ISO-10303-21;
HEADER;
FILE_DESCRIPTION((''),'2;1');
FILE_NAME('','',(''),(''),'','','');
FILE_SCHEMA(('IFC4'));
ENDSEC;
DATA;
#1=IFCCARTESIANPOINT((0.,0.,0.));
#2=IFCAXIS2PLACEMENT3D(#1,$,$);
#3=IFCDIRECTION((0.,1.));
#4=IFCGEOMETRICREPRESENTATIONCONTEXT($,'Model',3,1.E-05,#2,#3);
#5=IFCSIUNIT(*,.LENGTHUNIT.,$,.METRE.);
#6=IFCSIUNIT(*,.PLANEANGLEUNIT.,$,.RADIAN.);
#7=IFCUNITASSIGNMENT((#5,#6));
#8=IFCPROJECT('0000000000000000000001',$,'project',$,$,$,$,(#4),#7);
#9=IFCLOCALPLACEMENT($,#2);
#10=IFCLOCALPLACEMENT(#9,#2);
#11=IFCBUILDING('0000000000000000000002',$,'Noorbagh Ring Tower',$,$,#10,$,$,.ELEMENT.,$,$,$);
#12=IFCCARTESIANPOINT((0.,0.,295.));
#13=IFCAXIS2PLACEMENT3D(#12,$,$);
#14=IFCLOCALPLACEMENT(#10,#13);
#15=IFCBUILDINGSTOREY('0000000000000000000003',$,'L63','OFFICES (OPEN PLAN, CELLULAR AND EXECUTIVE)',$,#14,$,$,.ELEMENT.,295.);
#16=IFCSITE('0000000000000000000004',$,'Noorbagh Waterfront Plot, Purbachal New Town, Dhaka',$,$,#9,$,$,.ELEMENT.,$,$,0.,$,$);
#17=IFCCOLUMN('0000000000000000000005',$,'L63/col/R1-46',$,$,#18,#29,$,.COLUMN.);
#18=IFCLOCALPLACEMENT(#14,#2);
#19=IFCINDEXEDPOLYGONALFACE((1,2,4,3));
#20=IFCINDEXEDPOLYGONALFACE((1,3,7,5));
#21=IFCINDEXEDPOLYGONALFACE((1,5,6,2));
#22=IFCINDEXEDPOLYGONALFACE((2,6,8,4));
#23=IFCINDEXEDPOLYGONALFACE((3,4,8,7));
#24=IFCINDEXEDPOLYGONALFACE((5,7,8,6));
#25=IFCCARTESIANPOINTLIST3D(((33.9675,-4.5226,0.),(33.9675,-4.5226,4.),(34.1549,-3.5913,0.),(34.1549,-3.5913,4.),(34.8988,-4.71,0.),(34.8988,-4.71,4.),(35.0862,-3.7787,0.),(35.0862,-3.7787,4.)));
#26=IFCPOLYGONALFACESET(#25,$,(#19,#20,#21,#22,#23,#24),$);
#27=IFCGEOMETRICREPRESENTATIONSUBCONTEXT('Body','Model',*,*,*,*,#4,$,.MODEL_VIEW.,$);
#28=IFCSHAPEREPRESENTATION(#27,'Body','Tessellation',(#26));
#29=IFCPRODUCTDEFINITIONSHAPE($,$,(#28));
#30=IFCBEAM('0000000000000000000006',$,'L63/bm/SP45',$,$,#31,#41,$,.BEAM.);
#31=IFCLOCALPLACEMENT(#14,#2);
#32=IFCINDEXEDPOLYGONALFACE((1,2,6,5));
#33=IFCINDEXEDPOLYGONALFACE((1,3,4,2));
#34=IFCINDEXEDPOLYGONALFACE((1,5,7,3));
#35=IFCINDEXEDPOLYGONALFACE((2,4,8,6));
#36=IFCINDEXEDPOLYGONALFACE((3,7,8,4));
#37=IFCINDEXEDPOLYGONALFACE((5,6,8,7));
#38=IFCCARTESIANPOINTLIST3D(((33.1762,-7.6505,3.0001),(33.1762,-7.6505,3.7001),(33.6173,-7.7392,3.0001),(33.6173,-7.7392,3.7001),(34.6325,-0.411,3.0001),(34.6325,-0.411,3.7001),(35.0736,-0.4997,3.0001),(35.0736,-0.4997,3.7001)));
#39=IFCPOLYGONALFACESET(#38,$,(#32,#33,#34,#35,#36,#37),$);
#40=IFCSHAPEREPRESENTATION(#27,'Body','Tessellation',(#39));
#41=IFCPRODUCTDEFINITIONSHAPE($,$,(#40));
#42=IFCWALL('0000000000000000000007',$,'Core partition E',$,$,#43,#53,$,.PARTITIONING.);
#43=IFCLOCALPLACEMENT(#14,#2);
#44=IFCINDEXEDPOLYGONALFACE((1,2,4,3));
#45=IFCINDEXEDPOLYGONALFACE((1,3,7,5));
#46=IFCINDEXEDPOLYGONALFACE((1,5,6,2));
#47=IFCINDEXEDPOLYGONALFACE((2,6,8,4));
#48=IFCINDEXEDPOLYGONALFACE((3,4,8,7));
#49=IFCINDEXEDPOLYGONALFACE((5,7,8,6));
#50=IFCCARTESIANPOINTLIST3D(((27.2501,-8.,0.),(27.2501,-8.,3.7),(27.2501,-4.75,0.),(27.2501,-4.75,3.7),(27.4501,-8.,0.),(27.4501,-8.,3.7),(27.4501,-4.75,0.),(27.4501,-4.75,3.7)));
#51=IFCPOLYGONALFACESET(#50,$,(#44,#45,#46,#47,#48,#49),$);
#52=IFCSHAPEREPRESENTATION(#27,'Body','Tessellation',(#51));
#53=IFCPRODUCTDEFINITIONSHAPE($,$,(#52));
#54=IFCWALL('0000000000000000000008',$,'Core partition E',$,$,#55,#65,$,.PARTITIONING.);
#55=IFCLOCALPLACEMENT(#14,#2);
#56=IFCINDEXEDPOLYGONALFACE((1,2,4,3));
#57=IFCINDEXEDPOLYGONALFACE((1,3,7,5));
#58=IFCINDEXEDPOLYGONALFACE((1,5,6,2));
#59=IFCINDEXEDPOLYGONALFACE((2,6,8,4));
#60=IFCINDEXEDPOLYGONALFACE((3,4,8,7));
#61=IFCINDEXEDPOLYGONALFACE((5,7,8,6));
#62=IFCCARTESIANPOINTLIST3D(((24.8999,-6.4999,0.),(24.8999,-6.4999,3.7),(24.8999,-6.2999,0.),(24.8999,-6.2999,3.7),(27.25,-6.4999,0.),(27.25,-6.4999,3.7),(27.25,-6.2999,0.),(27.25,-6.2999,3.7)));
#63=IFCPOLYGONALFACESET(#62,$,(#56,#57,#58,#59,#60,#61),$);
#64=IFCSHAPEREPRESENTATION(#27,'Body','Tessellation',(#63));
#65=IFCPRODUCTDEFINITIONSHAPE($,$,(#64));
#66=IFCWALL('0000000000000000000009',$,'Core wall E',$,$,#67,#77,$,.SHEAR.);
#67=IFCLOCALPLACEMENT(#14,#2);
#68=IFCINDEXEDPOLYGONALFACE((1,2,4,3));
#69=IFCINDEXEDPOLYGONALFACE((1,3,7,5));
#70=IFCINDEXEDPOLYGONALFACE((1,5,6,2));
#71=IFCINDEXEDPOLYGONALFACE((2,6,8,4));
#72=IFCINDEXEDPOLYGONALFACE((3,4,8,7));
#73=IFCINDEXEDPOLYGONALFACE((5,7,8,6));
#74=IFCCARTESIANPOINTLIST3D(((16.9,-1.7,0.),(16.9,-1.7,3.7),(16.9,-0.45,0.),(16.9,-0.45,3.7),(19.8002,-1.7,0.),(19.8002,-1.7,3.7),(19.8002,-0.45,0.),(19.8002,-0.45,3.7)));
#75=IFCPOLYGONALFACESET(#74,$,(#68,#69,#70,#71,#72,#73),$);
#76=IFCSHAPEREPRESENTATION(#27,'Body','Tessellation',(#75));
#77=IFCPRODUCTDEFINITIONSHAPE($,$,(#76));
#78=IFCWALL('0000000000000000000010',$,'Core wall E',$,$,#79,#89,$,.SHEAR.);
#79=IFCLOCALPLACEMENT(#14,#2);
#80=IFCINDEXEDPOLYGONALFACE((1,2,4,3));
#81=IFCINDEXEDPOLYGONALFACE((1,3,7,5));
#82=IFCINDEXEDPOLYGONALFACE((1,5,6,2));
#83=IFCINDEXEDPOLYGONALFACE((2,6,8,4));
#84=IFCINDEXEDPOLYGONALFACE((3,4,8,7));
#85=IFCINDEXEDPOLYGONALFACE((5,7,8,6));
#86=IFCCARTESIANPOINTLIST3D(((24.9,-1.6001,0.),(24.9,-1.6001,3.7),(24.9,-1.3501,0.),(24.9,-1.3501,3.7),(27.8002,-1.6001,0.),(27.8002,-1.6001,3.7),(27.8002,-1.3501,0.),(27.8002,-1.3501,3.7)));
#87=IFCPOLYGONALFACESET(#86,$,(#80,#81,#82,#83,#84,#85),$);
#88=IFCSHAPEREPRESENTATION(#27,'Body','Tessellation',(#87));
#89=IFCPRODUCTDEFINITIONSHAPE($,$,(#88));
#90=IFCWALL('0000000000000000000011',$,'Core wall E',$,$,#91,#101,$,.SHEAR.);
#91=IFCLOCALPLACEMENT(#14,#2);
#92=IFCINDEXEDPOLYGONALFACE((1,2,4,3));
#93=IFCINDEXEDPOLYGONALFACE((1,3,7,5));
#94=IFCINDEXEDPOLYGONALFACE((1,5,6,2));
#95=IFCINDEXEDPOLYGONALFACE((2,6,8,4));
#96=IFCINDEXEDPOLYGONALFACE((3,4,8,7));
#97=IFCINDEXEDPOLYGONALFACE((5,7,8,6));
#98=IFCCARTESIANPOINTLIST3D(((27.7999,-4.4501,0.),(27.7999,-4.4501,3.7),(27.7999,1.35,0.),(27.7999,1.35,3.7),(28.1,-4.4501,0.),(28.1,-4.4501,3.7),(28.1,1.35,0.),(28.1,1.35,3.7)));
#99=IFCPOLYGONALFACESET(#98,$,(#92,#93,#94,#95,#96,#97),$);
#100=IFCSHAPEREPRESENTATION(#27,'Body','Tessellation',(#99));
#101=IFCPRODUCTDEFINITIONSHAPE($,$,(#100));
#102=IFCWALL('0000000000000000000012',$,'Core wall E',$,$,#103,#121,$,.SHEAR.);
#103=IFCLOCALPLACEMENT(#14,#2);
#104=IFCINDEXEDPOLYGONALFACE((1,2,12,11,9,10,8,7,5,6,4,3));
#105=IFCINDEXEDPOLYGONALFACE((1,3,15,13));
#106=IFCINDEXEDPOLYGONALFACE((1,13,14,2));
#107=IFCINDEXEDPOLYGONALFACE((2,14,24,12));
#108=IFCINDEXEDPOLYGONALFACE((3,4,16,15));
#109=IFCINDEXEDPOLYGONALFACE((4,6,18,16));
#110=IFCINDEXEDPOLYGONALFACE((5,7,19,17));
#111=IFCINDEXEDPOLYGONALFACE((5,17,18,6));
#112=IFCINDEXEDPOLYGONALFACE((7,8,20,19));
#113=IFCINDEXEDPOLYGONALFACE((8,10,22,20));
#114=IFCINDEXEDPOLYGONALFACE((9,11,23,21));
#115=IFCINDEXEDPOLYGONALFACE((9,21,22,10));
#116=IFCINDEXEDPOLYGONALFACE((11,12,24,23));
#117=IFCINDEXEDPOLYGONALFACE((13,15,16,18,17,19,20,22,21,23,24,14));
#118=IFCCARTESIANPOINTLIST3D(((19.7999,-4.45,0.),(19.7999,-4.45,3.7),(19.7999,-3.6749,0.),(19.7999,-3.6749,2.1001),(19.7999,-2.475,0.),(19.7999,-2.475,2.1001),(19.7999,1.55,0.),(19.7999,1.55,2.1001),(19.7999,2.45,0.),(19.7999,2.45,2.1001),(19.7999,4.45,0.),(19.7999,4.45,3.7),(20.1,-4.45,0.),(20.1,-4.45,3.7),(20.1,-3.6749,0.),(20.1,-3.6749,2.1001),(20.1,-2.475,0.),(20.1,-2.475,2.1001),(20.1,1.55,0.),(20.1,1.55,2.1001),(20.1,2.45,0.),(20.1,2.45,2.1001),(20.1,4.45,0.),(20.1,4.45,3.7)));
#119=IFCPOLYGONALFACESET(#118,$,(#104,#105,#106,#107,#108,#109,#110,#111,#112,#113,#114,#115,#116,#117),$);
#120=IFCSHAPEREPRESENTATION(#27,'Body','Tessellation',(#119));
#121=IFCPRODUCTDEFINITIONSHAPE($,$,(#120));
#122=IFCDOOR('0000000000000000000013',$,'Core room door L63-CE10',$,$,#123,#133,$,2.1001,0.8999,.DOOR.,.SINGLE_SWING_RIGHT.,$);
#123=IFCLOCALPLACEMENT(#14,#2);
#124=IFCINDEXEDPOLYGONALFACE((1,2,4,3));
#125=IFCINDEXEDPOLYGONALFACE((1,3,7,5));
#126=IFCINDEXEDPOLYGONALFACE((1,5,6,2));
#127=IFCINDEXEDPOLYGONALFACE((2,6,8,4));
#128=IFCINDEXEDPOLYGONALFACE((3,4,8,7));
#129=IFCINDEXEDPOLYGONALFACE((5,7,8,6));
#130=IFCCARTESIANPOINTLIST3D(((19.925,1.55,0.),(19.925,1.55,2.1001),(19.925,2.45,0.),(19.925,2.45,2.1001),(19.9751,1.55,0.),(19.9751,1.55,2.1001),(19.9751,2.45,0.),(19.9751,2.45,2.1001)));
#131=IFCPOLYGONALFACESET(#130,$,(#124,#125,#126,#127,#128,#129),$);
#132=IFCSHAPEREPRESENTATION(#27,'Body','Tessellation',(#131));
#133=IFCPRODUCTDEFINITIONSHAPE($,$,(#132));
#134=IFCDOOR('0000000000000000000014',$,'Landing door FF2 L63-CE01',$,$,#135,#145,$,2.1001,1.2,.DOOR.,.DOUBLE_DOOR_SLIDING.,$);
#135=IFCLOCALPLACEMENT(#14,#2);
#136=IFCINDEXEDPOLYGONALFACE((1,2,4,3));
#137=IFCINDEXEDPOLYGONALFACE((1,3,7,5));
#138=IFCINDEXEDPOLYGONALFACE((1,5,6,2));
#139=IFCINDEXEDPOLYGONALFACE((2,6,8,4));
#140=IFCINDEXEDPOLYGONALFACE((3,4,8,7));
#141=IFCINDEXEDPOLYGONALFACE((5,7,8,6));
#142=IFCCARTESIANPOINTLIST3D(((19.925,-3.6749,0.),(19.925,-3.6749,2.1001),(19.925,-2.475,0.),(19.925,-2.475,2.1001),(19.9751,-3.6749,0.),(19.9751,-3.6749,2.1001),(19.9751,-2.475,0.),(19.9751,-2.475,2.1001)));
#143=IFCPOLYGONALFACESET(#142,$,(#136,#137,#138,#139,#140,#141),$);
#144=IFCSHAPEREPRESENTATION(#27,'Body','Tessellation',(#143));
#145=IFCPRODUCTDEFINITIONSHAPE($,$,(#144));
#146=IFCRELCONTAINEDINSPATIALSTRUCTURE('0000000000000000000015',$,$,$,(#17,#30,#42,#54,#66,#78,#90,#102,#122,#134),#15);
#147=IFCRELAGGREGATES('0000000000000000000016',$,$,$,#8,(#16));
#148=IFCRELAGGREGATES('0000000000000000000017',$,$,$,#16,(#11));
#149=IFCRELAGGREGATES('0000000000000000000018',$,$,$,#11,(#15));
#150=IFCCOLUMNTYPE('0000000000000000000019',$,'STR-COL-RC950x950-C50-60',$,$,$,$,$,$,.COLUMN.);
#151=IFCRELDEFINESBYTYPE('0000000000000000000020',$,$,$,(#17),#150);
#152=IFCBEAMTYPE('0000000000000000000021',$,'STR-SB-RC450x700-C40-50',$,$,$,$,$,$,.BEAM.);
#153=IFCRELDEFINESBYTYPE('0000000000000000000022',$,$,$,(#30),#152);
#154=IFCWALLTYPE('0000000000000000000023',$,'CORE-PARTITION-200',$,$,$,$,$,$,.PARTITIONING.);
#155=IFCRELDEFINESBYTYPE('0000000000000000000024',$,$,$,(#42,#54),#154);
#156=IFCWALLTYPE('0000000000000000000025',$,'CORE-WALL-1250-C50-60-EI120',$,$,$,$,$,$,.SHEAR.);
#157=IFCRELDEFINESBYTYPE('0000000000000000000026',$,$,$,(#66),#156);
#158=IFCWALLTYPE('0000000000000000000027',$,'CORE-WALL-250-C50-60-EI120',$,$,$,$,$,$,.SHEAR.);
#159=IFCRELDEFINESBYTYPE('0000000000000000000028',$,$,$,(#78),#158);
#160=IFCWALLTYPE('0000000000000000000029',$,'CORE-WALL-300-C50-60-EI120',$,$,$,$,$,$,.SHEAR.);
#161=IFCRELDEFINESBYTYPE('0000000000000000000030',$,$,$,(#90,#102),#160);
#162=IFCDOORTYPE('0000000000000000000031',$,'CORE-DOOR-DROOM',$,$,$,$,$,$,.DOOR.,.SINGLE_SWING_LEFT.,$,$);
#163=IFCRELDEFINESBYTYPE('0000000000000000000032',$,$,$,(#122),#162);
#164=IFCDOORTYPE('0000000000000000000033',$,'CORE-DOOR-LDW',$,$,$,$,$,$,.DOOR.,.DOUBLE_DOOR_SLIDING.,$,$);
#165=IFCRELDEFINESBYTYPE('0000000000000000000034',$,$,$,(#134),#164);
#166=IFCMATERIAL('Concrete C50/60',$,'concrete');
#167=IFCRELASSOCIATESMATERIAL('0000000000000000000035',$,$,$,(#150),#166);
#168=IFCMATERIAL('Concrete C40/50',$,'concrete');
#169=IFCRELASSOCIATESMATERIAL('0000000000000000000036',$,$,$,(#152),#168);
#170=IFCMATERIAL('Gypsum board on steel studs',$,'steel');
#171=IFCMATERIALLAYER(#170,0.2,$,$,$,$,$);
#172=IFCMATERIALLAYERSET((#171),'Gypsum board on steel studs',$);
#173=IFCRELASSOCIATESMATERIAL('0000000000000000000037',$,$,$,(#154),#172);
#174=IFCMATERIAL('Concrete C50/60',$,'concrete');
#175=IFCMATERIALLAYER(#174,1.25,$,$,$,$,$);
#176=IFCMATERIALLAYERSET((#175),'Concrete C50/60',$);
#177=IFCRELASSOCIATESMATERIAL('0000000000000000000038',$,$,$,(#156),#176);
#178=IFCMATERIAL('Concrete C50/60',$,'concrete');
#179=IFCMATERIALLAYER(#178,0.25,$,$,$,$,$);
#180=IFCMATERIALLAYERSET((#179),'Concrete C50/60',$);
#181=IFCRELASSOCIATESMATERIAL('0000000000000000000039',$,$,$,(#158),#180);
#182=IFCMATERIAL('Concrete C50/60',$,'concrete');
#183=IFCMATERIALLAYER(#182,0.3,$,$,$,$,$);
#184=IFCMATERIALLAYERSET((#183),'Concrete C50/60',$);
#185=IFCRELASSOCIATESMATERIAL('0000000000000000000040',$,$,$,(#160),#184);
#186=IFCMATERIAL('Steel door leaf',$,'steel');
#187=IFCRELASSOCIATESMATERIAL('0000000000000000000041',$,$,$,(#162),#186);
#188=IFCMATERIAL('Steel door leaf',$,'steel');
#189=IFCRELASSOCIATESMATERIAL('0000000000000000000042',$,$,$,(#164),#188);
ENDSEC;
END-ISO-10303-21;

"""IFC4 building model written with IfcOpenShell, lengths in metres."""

from ifc_helpers import new_model, si_unit, direction, frame, frame_2d, origin, origin_2d, place, context, subcontext, project, spatial, rectangle, extrude, material, layer, layer_set, material_profile, profile_set, type_object, element, fill, save


model = new_model("IFC4")

# Units and contexts
model_context = context("Model", 3, precision=1e-05, world=origin(), true_north=direction((0.0, 1.0)))
body_context = subcontext(model_context, "Body", "Model", "MODEL_VIEW")
ifc_project = project(units=[si_unit("LENGTHUNIT", "METRE"), si_unit("PLANEANGLEUNIT", "RADIAN")], contexts=[model_context])

# Site, building, storey
site_placement = place(None, origin())
site = spatial("IfcSite", under=ifc_project, at=site_placement, Name="Noorbagh Waterfront Plot, Purbachal New Town, Dhaka", CompositionType="ELEMENT", RefElevation=0.0)
building_placement = place(site_placement, origin())
building = spatial("IfcBuilding", under=site, at=building_placement, Name="Noorbagh Ring Tower", CompositionType="ELEMENT")
storey_placement = place(building_placement, frame((0.0, 0.0, 295.0)))
storey = spatial("IfcBuildingStorey", under=building, at=storey_placement, Name="L63", Description="OFFICES (OPEN PLAN, CELLULAR AND EXECUTIVE)", CompositionType="ELEMENT", Elevation=295.0)

# Column
ifc_material_1 = material(Name="Concrete C50/60", Category="concrete")
ifc_material_profile_1 = material_profile(ifc_material_1, rectangle(XDim=0.95, YDim=0.95, at=origin_2d()), Name="RC950x950")
ifc_profile_set_1 = profile_set([ifc_material_profile_1], Name="Concrete C50/60")
column_type = type_object("IfcColumnType", Name="STR-COL-RC950x950-C50-60", PredefinedType="COLUMN", material=ifc_profile_set_1)
column_placement = place(storey_placement, frame((34.5269, -4.1506, 0.0), z_axis=(0.0, 0.0, 1.0), x_axis=(0.19723, 0.980357, 0.0)))
element("IfcColumn", 1, at=column_placement, inside=storey, type_object=column_type, Name="L63/col/R1-46", PredefinedType="COLUMN", context=body_context, shape_type="SweptSolid", body=[
    extrude(rectangle(XDim=0.95, YDim=0.95, at=origin_2d()), origin(), (0.0, 0.0, 1.0), 4.0),
])

# Beam
ifc_material_2 = material(Name="Concrete C40/50", Category="concrete")
ifc_material_profile_2 = material_profile(ifc_material_2, rectangle(XDim=0.45, YDim=0.7, at=origin_2d()), Name="RC450x700")
ifc_profile_set_2 = profile_set([ifc_material_profile_2], Name="Concrete C40/50")
beam_type = type_object("IfcBeamType", Name="STR-SB-RC450x700-C40-50", PredefinedType="BEAM", material=ifc_profile_set_2)
beam_placement = place(storey_placement, frame((33.3967, -7.6948, 3.3501), z_axis=(0.19721, 0.980361, 0.0), x_axis=(-0.980361, 0.19721, 0.0)))
element("IfcBeam", 2, at=beam_placement, inside=storey, type_object=beam_type, Name="L63/bm/SP45", PredefinedType="BEAM", context=body_context, shape_type="SweptSolid", body=[
    extrude(rectangle(XDim=0.45, YDim=0.7, at=origin_2d()), origin(), (0.0, 0.0, 1.0), 7.3845),
])

# Walls
ifc_material_3 = material(Name="Gypsum board on steel studs", Category="steel")
ifc_layer_1 = layer(ifc_material_3, 0.2)
ifc_layer_set_1 = layer_set([ifc_layer_1], Name="Gypsum board on steel studs")
wall_type_1 = type_object("IfcWallType", Name="CORE-PARTITION-200", PredefinedType="PARTITIONING", material=ifc_layer_set_1)
wall_1_placement = place(storey_placement, frame((27.3501, -8.0, 0.0), z_axis=(0.0, 0.0, 1.0), x_axis=(0.0, 1.0, 0.0)))
element("IfcWall", 3, at=wall_1_placement, inside=storey, type_object=wall_type_1, Name="Core partition E", PredefinedType="PARTITIONING", context=body_context, shape_type="SweptSolid", body=[
    extrude(rectangle(XDim=3.25, YDim=0.2, at=frame_2d((1.625, 0.0))), origin(), (0.0, 0.0, 1.0), 3.7),
])
wall_2_placement = place(storey_placement, frame((24.8999, -6.3999, 0.0), z_axis=(0.0, 0.0, 1.0), x_axis=(1.0, 0.0, 0.0)))
element("IfcWall", 4, at=wall_2_placement, inside=storey, type_object=wall_type_1, Name="Core partition E", PredefinedType="PARTITIONING", context=body_context, shape_type="SweptSolid", body=[
    extrude(rectangle(XDim=2.3501, YDim=0.2, at=frame_2d((1.175, 0.0))), origin(), (0.0, 0.0, 1.0), 3.7),
])
ifc_material_4 = material(Name="Concrete C50/60", Category="concrete")
ifc_layer_2 = layer(ifc_material_4, 1.25)
ifc_layer_set_2 = layer_set([ifc_layer_2], Name="Concrete C50/60")
wall_type_2 = type_object("IfcWallType", Name="CORE-WALL-1250-C50-60-EI120", PredefinedType="SHEAR", material=ifc_layer_set_2)
wall_3_placement = place(storey_placement, frame((16.8999, -1.075, 0.0), z_axis=(0.0, 0.0, 1.0), x_axis=(1.0, 0.0, 0.0)))
element("IfcWall", 5, at=wall_3_placement, inside=storey, type_object=wall_type_2, Name="Core wall E", PredefinedType="SHEAR", context=body_context, shape_type="SweptSolid", body=[
    extrude(rectangle(XDim=2.9001, YDim=1.25, at=frame_2d((1.4502, 0.0))), origin(), (0.0, 0.0, 1.0), 3.7),
])
ifc_material_5 = material(Name="Concrete C50/60", Category="concrete")
ifc_layer_3 = layer(ifc_material_5, 0.25)
ifc_layer_set_3 = layer_set([ifc_layer_3], Name="Concrete C50/60")
wall_type_3 = type_object("IfcWallType", Name="CORE-WALL-250-C50-60-EI120", PredefinedType="SHEAR", material=ifc_layer_set_3)
wall_4_placement = place(storey_placement, frame((24.8999, -1.4751, 0.0), z_axis=(0.0, 0.0, 1.0), x_axis=(1.0, 0.0, 0.0)))
element("IfcWall", 6, at=wall_4_placement, inside=storey, type_object=wall_type_3, Name="Core wall E", PredefinedType="SHEAR", context=body_context, shape_type="SweptSolid", body=[
    extrude(rectangle(XDim=2.9001, YDim=0.25, at=frame_2d((1.4502, 0.0))), origin(), (0.0, 0.0, 1.0), 3.7),
])
ifc_material_6 = material(Name="Concrete C50/60", Category="concrete")
ifc_layer_4 = layer(ifc_material_6, 0.3)
ifc_layer_set_4 = layer_set([ifc_layer_4], Name="Concrete C50/60")
wall_type_4 = type_object("IfcWallType", Name="CORE-WALL-300-C50-60-EI120", PredefinedType="SHEAR", material=ifc_layer_set_4)
wall_5_placement = place(storey_placement, frame((27.95, -4.45, 0.0), z_axis=(0.0, 0.0, 1.0), x_axis=(0.0, 1.0, 0.0)))
element("IfcWall", 7, at=wall_5_placement, inside=storey, type_object=wall_type_4, Name="Core wall E", PredefinedType="SHEAR", context=body_context, shape_type="SweptSolid", body=[
    extrude(rectangle(XDim=5.8, YDim=0.3, at=frame_2d((2.8999, 0.0))), origin(), (0.0, 0.0, 1.0), 3.7),
])

# Wall, openings, doors
wall_6_placement = place(storey_placement, frame((19.95, -4.45, 0.0), z_axis=(0.0, 0.0, 1.0), x_axis=(0.0, 1.0, 0.0)))
wall_6 = element("IfcWall", 8, at=wall_6_placement, inside=storey, type_object=wall_type_4, Name="Core wall E", PredefinedType="SHEAR", context=body_context, shape_type="SweptSolid", body=[
    extrude(rectangle(XDim=8.8999, YDim=0.3, at=frame_2d((4.45, 0.0))), origin(), (0.0, 0.0, 1.0), 3.7),
])
opening_1_placement = place(wall_6_placement, frame((0.7749, 0.0, 0.0)))
opening_1 = element("IfcOpeningElement", 9, at=opening_1_placement, cuts=wall_6, PredefinedType="OPENING", context=body_context, shape_type="SweptSolid", body=[
    extrude(rectangle(XDim=1.2, YDim=2.1001, at=frame_2d((0.6001, 1.05))), frame((0.0, 0.1602, 0.0), z_axis=(0.0, -1.0, 0.0), x_axis=(1.0, 0.0, 0.0)), (0.0, 0.0, 1.0), 0.3201),
])
opening_2_placement = place(wall_6_placement, frame((6.0, 0.0, 0.0)))
opening_2 = element("IfcOpeningElement", 10, at=opening_2_placement, cuts=wall_6, PredefinedType="OPENING", context=body_context, shape_type="SweptSolid", body=[
    extrude(rectangle(XDim=0.8999, YDim=2.1001, at=frame_2d((0.45, 1.05))), frame((0.0, 0.1602, 0.0), z_axis=(0.0, -1.0, 0.0), x_axis=(1.0, 0.0, 0.0)), (0.0, 0.0, 1.0), 0.3201),
])
ifc_material_7 = material(Name="Steel door leaf", Category="steel")
door_type_1 = type_object("IfcDoorType", Name="CORE-DOOR-DROOM", OperationType="SINGLE_SWING_LEFT", PredefinedType="DOOR", material=ifc_material_7)
door_1_placement = place(opening_2_placement, origin())
door_1 = element("IfcDoor", 11, at=door_1_placement, inside=storey, type_object=door_type_1, Name="Core room door L63-CE10", OperationType="SINGLE_SWING_RIGHT", OverallHeight=2.1001, OverallWidth=0.8999, PredefinedType="DOOR", context=body_context, shape_type="SweptSolid", body=[
    extrude(rectangle(XDim=0.8999, YDim=2.1001, at=frame_2d((0.45, 1.05))), frame((0.0, 0.0249, 0.0), z_axis=(0.0, -1.0, 0.0), x_axis=(1.0, 0.0, 0.0)), (0.0, 0.0, 1.0), 0.05),
])
fill(opening_2, door_1)
ifc_material_8 = material(Name="Steel door leaf", Category="steel")
door_type_2 = type_object("IfcDoorType", Name="CORE-DOOR-LDW", OperationType="DOUBLE_DOOR_SLIDING", PredefinedType="DOOR", material=ifc_material_8)
door_2_placement = place(opening_1_placement, origin())
door_2 = element("IfcDoor", 12, at=door_2_placement, inside=storey, type_object=door_type_2, Name="Landing door FF2 L63-CE01", OperationType="DOUBLE_DOOR_SLIDING", OverallHeight=2.1001, OverallWidth=1.2, PredefinedType="DOOR", context=body_context, shape_type="SweptSolid", body=[
    extrude(rectangle(XDim=1.2, YDim=2.1001, at=frame_2d((0.6001, 1.05))), frame((0.0, 0.0249, 0.0), z_axis=(0.0, -1.0, 0.0), x_axis=(1.0, 0.0, 0.0)), (0.0, 0.0, 1.0), 0.05),
])
fill(opening_1, door_2)

save(model, "model.ifc")
